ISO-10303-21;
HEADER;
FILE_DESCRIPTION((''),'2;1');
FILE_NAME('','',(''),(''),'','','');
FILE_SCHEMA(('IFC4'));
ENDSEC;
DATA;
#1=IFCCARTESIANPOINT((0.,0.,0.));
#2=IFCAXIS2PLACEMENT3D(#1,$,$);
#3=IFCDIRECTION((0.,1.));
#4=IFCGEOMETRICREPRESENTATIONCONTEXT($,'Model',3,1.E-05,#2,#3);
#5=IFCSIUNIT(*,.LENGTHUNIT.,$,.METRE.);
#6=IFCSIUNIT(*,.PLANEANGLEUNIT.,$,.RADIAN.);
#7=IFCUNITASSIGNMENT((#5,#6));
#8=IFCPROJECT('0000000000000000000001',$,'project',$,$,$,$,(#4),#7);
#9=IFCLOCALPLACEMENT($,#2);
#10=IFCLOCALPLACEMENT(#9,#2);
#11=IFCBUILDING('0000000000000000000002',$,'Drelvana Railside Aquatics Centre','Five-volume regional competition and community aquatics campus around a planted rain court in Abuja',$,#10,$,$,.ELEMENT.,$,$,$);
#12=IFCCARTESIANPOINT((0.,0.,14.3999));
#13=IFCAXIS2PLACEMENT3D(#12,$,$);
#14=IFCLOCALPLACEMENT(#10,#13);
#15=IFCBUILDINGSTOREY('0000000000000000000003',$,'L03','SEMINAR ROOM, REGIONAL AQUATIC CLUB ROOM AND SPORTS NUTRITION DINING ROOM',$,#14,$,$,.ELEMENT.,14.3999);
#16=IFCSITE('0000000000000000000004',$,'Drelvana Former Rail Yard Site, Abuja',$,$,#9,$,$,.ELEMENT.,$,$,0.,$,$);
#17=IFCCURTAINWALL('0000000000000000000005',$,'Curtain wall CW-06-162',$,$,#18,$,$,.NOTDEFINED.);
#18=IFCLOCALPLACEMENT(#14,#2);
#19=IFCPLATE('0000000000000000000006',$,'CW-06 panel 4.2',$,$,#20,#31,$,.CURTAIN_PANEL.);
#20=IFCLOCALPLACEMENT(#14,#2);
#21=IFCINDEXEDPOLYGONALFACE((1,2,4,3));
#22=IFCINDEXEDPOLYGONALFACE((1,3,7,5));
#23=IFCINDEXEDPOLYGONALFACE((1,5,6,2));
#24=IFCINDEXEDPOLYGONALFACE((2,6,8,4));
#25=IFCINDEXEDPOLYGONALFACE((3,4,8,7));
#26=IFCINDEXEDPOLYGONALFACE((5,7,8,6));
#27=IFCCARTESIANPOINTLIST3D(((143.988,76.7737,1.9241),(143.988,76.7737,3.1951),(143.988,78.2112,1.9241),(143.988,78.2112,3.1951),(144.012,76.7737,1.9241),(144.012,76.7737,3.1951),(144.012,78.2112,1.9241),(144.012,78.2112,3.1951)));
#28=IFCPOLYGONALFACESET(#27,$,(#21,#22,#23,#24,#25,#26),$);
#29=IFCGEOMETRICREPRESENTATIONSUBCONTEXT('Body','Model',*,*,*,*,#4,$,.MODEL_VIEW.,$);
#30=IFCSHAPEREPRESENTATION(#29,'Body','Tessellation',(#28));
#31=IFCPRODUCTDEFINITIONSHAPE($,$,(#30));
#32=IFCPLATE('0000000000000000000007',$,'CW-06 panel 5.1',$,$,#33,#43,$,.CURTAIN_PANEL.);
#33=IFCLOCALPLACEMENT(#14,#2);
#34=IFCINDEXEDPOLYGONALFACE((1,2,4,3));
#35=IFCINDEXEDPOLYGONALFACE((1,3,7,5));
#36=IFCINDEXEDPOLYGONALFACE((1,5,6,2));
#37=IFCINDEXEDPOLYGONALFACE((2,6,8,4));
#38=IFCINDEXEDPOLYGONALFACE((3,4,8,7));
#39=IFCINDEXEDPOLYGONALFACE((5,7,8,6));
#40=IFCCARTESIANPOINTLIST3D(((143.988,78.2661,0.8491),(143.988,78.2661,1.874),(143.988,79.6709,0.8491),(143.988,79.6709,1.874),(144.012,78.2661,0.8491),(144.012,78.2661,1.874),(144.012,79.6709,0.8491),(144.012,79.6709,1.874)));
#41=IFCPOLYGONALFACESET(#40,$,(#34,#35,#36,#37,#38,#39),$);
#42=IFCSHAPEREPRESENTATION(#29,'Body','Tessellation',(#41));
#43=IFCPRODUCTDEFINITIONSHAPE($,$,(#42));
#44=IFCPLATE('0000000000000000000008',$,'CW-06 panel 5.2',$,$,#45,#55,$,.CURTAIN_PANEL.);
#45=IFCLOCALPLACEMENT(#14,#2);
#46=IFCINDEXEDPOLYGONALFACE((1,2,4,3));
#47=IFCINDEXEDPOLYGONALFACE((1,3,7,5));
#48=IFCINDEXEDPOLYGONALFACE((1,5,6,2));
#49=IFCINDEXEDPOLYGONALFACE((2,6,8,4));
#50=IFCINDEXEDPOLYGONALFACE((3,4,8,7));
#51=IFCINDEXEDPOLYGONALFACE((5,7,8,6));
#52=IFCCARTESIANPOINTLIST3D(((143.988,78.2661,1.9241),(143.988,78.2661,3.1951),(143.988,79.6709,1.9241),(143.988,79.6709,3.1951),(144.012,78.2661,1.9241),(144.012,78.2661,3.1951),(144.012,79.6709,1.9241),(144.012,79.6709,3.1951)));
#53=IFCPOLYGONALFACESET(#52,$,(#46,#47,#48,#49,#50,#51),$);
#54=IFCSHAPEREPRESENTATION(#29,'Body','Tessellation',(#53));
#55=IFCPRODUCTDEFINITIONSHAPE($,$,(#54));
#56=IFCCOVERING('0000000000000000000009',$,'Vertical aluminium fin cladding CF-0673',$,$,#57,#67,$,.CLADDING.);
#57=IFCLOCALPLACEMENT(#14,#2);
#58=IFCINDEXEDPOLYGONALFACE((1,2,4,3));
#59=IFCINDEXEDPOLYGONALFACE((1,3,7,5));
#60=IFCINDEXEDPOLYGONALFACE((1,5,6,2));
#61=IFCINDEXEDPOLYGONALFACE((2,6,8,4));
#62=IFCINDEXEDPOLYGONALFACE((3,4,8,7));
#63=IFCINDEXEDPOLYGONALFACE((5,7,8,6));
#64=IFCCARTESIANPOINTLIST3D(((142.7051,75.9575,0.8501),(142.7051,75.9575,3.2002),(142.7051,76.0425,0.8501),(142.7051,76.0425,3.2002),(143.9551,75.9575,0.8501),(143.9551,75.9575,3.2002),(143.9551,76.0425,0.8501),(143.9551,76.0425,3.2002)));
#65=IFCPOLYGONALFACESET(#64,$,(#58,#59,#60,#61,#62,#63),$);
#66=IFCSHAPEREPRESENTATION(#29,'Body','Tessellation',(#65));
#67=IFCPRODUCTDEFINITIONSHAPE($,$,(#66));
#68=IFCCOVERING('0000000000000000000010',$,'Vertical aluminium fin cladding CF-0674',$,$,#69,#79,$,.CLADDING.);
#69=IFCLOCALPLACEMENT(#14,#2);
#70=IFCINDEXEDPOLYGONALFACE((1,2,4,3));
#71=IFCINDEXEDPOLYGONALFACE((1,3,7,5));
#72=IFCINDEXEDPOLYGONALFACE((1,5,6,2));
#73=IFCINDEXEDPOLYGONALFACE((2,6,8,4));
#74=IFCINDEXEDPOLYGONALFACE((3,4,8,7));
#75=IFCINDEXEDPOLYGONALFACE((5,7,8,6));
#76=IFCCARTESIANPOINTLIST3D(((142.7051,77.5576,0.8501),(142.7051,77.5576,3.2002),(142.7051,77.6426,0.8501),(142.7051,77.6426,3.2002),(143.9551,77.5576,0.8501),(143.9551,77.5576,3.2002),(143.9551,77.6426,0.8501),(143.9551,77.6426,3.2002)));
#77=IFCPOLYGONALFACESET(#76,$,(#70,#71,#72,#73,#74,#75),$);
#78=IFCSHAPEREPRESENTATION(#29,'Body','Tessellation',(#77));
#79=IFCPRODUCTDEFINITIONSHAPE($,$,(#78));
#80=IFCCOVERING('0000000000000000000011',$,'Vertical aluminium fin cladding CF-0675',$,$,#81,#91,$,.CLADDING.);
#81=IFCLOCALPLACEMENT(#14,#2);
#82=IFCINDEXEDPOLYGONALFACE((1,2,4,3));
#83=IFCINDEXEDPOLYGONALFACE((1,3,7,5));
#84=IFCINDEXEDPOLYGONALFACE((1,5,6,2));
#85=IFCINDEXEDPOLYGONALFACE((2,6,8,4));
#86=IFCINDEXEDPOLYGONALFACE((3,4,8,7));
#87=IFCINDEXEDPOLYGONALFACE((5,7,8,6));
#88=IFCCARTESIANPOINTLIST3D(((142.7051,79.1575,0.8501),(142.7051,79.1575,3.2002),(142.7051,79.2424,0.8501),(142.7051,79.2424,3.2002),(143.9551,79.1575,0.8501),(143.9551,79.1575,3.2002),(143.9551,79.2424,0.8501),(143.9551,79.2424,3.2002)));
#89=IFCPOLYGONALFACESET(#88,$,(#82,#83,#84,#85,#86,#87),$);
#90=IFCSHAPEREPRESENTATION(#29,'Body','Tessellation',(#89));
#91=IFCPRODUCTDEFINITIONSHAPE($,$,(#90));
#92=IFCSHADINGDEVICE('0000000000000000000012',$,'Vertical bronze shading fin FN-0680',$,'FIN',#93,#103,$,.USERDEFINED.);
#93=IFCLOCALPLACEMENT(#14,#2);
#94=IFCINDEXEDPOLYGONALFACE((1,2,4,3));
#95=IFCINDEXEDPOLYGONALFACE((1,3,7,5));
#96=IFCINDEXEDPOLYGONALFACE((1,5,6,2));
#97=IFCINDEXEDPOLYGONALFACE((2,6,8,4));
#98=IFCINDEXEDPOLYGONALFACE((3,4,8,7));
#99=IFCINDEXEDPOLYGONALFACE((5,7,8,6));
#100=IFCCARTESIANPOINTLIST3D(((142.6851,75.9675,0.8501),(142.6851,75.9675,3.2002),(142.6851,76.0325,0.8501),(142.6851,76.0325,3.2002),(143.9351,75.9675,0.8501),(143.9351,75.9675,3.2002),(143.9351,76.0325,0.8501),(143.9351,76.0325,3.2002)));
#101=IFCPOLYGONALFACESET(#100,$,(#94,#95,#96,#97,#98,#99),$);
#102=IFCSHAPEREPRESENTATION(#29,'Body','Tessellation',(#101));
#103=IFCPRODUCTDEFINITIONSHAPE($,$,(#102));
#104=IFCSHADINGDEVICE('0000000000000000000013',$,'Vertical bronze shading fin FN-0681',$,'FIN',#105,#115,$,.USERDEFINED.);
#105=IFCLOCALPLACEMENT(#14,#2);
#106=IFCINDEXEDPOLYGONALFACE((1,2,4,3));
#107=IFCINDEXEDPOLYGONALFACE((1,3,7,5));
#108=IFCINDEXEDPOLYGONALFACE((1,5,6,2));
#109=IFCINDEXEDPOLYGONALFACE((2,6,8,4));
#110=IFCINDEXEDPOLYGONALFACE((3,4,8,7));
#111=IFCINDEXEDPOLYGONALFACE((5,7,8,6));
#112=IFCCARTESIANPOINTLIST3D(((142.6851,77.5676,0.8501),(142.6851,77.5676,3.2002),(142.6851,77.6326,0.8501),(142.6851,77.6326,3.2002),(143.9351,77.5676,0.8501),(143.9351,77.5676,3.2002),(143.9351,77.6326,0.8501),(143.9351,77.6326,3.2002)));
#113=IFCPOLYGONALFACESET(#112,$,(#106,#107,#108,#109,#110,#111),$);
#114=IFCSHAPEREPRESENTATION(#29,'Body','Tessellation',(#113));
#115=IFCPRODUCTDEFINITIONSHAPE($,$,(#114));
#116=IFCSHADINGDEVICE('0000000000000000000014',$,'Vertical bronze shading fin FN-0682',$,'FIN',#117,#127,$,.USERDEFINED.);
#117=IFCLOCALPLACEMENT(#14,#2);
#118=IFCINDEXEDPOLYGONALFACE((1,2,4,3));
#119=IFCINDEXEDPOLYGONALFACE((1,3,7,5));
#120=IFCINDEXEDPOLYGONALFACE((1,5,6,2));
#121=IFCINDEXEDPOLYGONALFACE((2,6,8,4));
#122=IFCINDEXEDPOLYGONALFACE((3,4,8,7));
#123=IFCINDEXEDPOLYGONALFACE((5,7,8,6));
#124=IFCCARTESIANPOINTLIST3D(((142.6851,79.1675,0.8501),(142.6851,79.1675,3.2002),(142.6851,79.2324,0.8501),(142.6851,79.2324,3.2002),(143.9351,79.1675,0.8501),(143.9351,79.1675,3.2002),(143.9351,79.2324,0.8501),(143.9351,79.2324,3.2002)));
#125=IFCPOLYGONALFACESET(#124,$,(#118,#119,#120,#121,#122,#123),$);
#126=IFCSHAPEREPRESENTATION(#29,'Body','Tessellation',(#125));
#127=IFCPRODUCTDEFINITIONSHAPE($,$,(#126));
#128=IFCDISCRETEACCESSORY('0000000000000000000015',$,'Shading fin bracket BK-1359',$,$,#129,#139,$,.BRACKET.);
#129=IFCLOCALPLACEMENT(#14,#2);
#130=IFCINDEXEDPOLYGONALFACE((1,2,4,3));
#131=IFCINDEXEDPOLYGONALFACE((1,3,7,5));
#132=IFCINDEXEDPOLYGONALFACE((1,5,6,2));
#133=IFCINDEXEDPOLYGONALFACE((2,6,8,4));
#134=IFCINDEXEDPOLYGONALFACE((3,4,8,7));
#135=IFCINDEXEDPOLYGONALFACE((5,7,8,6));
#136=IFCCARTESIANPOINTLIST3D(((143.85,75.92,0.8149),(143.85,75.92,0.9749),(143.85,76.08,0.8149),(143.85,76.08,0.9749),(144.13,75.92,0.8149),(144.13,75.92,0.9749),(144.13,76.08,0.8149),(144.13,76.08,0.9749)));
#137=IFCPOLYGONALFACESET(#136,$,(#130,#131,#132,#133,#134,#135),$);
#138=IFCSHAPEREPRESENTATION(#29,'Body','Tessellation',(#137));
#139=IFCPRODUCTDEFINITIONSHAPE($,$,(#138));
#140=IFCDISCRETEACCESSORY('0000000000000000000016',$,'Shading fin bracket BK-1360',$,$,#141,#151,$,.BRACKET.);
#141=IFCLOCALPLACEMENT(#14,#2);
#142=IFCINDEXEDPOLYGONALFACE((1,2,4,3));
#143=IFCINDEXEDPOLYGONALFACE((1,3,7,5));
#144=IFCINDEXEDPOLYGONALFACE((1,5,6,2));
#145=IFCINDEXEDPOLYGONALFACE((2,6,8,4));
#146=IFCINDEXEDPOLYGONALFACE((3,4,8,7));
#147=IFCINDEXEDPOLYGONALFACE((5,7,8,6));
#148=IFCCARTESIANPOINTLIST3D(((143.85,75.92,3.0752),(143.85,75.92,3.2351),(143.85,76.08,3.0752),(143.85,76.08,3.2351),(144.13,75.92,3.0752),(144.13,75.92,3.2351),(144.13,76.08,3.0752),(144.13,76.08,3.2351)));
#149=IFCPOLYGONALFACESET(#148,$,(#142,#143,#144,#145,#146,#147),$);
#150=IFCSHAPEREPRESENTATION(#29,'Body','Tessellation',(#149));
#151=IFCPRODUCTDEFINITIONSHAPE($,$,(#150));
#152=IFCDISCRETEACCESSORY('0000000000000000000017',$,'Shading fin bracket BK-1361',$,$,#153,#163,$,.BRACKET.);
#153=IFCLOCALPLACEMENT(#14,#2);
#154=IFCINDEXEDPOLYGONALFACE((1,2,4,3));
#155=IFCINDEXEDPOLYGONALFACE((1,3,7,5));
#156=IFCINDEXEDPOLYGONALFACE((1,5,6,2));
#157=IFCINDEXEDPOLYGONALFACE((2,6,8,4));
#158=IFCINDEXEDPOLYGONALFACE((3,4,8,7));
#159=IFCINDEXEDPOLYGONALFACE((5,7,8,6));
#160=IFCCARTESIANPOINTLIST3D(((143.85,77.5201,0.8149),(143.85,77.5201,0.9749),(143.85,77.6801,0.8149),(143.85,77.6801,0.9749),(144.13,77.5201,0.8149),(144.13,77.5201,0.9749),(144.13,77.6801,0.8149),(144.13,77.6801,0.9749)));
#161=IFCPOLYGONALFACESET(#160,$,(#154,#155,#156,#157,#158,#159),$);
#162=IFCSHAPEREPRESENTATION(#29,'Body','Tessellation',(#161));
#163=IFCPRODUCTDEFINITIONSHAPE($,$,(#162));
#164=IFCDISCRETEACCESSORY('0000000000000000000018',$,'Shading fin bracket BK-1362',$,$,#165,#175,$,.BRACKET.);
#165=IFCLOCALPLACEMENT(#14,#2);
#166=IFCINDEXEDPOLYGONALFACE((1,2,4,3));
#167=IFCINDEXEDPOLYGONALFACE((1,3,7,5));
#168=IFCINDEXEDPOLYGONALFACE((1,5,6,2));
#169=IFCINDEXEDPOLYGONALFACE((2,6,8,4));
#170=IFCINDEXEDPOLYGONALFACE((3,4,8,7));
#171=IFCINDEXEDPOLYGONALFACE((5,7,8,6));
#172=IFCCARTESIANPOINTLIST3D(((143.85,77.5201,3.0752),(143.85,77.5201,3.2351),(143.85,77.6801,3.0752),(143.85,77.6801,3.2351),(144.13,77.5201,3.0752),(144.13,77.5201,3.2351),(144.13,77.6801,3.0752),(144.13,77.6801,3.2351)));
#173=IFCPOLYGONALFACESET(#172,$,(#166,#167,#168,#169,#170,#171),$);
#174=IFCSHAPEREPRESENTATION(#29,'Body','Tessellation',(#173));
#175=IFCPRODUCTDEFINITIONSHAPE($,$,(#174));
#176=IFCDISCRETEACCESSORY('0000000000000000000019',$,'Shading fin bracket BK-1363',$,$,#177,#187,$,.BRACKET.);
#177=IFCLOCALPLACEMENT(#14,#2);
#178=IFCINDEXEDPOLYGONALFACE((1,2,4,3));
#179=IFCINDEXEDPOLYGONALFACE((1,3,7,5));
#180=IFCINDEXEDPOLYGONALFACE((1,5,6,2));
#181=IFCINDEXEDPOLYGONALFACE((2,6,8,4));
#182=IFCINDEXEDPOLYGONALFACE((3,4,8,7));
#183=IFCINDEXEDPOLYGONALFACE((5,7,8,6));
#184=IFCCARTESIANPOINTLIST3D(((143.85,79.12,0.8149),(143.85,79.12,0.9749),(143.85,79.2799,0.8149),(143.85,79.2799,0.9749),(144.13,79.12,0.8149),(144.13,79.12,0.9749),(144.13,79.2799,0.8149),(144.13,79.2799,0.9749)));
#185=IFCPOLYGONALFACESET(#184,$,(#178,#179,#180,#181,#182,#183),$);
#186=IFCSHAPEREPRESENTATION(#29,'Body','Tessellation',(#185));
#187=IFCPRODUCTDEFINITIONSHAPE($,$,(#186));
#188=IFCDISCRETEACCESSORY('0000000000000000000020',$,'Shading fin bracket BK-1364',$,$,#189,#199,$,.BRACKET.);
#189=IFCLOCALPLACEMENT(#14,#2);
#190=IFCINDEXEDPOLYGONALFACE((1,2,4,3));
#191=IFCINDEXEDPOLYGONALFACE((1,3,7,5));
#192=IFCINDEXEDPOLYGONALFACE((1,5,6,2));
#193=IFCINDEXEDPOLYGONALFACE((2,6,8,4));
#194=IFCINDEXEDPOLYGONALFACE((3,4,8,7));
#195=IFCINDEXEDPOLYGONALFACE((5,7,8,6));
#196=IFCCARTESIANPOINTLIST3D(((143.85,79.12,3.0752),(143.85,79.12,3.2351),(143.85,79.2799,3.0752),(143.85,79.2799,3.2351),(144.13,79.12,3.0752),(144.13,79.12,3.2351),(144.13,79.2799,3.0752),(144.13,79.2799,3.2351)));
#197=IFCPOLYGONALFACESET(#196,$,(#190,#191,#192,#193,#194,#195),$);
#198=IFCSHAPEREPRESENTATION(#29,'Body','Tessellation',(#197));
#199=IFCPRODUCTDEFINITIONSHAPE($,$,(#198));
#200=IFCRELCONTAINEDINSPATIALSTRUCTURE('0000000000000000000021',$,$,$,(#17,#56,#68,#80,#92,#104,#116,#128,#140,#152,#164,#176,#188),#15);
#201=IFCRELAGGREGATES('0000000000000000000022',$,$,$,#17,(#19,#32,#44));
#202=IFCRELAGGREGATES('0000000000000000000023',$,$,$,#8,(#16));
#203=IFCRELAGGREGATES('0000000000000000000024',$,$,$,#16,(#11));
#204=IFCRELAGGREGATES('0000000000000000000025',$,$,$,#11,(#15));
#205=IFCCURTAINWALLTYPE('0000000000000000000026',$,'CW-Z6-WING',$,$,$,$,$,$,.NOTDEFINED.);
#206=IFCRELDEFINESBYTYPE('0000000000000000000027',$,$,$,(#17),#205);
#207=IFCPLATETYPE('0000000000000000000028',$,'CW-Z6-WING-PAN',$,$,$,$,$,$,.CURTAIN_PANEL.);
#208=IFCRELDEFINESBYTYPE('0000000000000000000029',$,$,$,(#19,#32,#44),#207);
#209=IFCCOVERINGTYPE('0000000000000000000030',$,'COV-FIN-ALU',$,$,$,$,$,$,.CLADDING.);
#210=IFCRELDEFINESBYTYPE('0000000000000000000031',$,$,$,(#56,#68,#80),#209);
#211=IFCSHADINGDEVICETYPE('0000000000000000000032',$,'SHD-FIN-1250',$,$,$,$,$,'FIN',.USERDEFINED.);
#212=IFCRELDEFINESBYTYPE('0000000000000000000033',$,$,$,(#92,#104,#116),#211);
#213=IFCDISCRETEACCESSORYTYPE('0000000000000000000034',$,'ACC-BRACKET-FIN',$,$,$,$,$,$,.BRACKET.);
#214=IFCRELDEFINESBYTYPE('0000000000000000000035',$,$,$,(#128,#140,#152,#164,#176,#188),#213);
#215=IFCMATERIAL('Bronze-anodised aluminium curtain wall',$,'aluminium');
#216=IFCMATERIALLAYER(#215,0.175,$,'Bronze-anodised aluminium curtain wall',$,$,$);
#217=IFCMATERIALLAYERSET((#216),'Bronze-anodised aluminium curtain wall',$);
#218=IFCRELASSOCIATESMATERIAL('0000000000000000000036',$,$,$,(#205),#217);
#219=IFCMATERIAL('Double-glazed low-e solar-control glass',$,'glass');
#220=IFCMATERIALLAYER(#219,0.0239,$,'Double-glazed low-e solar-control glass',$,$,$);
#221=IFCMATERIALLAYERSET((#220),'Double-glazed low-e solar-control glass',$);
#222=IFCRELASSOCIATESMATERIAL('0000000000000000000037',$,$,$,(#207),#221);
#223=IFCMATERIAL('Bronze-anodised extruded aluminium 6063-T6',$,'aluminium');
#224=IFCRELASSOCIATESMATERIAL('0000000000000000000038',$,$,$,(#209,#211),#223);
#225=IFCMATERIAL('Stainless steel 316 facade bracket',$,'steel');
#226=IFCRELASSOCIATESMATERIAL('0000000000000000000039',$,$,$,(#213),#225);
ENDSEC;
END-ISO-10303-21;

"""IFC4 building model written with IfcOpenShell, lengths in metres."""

from ifc_helpers import new_model, si_unit, direction, frame, origin, origin_2d, place, context, subcontext, project, spatial, rectangle, extrude, material, layer, layer_set, type_object, element, aggregate, save


model = new_model("IFC4")

# Units and contexts
model_context = context("Model", 3, precision=1e-05, world=origin(), true_north=direction((0.0, 1.0)))
body_context = subcontext(model_context, "Body", "Model", "MODEL_VIEW")
ifc_project = project(units=[si_unit("LENGTHUNIT", "METRE"), si_unit("PLANEANGLEUNIT", "RADIAN")], contexts=[model_context])

# Site, building, storey
site_placement = place(None, origin())
site = spatial("IfcSite", under=ifc_project, at=site_placement, Name="Drelvana Former Rail Yard Site, Abuja", CompositionType="ELEMENT", RefElevation=0.0)
building_placement = place(site_placement, origin())
building = spatial("IfcBuilding", under=site, at=building_placement, Name="Drelvana Railside Aquatics Centre", Description="Five-volume regional competition and community aquatics campus around a planted rain court in Abuja", CompositionType="ELEMENT")
storey_placement = place(building_placement, frame((0.0, 0.0, 14.3999)))
storey = spatial("IfcBuildingStorey", under=building, at=storey_placement, Name="L03", Description="SEMINAR ROOM, REGIONAL AQUATIC CLUB ROOM AND SPORTS NUTRITION DINING ROOM", CompositionType="ELEMENT", Elevation=14.3999)

# Curtain wall, plates
ifc_material_1 = material(Name="Bronze-anodised aluminium curtain wall", Category="aluminium")
ifc_layer_1 = layer(ifc_material_1, 0.175, Name="Bronze-anodised aluminium curtain wall")
ifc_layer_set_1 = layer_set([ifc_layer_1], Name="Bronze-anodised aluminium curtain wall")
curtain_wall_type = type_object("IfcCurtainWallType", Name="CW-Z6-WING", PredefinedType="NOTDEFINED", material=ifc_layer_set_1)
curtain_wall_placement = place(storey_placement, origin())
curtain_wall = element("IfcCurtainWall", 1, at=curtain_wall_placement, inside=storey, type_object=curtain_wall_type, Name="Curtain wall CW-06-162", PredefinedType="NOTDEFINED")
ifc_material_2 = material(Name="Double-glazed low-e solar-control glass", Category="glass")
ifc_layer_2 = layer(ifc_material_2, 0.0239, Name="Double-glazed low-e solar-control glass")
ifc_layer_set_2 = layer_set([ifc_layer_2], Name="Double-glazed low-e solar-control glass")
plate_type = type_object("IfcPlateType", Name="CW-Z6-WING-PAN", PredefinedType="CURTAIN_PANEL", material=ifc_layer_set_2)
plate_1_placement = place(storey_placement, frame((144.0, 77.4924, 1.9241), z_axis=(0.0, 0.0, 1.0), x_axis=(0.0, 1.0, 0.0)))
plate_1 = element("IfcPlate", 2, at=plate_1_placement, type_object=plate_type, Name="CW-06 panel 4.2", PredefinedType="CURTAIN_PANEL", context=body_context, shape_type="SweptSolid", body=[
    extrude(rectangle(XDim=1.4375, YDim=0.0239, at=origin_2d()), origin(), (0.0, 0.0, 1.0), 1.271),
])
plate_2_placement = place(storey_placement, frame((144.0, 78.9685, 0.8491), z_axis=(0.0, 0.0, 1.0), x_axis=(0.0, 1.0, 0.0)))
plate_2 = element("IfcPlate", 3, at=plate_2_placement, type_object=plate_type, Name="CW-06 panel 5.1", PredefinedType="CURTAIN_PANEL", context=body_context, shape_type="SweptSolid", body=[
    extrude(rectangle(XDim=1.4048, YDim=0.0239, at=origin_2d()), origin(), (0.0, 0.0, 1.0), 1.0249),
])
plate_3_placement = place(storey_placement, frame((144.0, 78.9685, 1.9241), z_axis=(0.0, 0.0, 1.0), x_axis=(0.0, 1.0, 0.0)))
plate_3 = element("IfcPlate", 4, at=plate_3_placement, type_object=plate_type, Name="CW-06 panel 5.2", PredefinedType="CURTAIN_PANEL", context=body_context, shape_type="SweptSolid", body=[
    extrude(rectangle(XDim=1.4048, YDim=0.0239, at=origin_2d()), origin(), (0.0, 0.0, 1.0), 1.271),
])
aggregate(curtain_wall, [plate_1, plate_2, plate_3])

# Coverings
ifc_material_3 = material(Name="Bronze-anodised extruded aluminium 6063-T6", Category="aluminium")
covering_type = type_object("IfcCoveringType", Name="COV-FIN-ALU", PredefinedType="CLADDING", material=ifc_material_3)
for number, where, z_axis, x_axis, name in (
    (5, (143.3301, 76.0, 0.8501), (0.0, 0.0, 1.0), (0.0, 1.0, 0.0), "Vertical aluminium fin cladding CF-0673"),
    (6, (143.3301, 77.6001, 0.8501), (0.0, 0.0, 1.0), (0.0, 1.0, 0.0), "Vertical aluminium fin cladding CF-0674"),
    (7, (143.3301, 79.2, 0.8501), (0.0, 0.0, 1.0), (0.0, 1.0, 0.0), "Vertical aluminium fin cladding CF-0675"),
):
    element("IfcCovering", number, at=place(storey_placement, frame(where, z_axis=z_axis, x_axis=x_axis)), inside=storey, type_object=covering_type, Name=name, PredefinedType="CLADDING", context=body_context, shape_type="SweptSolid", body=[
        extrude(rectangle(XDim=0.085, YDim=1.25, at=origin_2d()), origin(), (0.0, 0.0, 1.0), 2.3501),
    ])

# Shading devices
shading_device_type = type_object("IfcShadingDeviceType", Name="SHD-FIN-1250", ElementType="FIN", PredefinedType="USERDEFINED", material=ifc_material_3)
for number, where, z_axis, x_axis, name in (
    (8, (143.3101, 76.0, 0.8501), (0.0, 0.0, 1.0), (-1.0, 0.0, 0.0), "Vertical bronze shading fin FN-0680"),
    (9, (143.3101, 77.6001, 0.8501), (0.0, 0.0, 1.0), (-1.0, 0.0, 0.0), "Vertical bronze shading fin FN-0681"),
    (10, (143.3101, 79.2, 0.8501), (0.0, 0.0, 1.0), (-1.0, 0.0, 0.0), "Vertical bronze shading fin FN-0682"),
):
    element("IfcShadingDevice", number, at=place(storey_placement, frame(where, z_axis=z_axis, x_axis=x_axis)), inside=storey, type_object=shading_device_type, Name=name, ObjectType="FIN", PredefinedType="USERDEFINED", context=body_context, shape_type="SweptSolid", body=[
        extrude(rectangle(XDim=1.25, YDim=0.0649, at=origin_2d()), origin(), (0.0, 0.0, 1.0), 2.3501),
    ])

# Discrete accessories
ifc_material_4 = material(Name="Stainless steel 316 facade bracket", Category="steel")
discrete_accessory_type = type_object("IfcDiscreteAccessoryType", Name="ACC-BRACKET-FIN", PredefinedType="BRACKET", material=ifc_material_4)
for number, where, z_axis, x_axis, name in (
    (11, (143.99, 76.0, 0.8149), (0.0, 0.0, 1.0), (-1.0, 0.0, 0.0), "Shading fin bracket BK-1359"),
    (12, (143.99, 76.0, 3.0752), (0.0, 0.0, 1.0), (-1.0, 0.0, 0.0), "Shading fin bracket BK-1360"),
    (13, (143.99, 77.6001, 0.8149), (0.0, 0.0, 1.0), (-1.0, 0.0, 0.0), "Shading fin bracket BK-1361"),
    (14, (143.99, 77.6001, 3.0752), (0.0, 0.0, 1.0), (-1.0, 0.0, 0.0), "Shading fin bracket BK-1362"),
    (15, (143.99, 79.2, 0.8149), (0.0, 0.0, 1.0), (-1.0, 0.0, 0.0), "Shading fin bracket BK-1363"),
    (16, (143.99, 79.2, 3.0752), (0.0, 0.0, 1.0), (-1.0, 0.0, 0.0), "Shading fin bracket BK-1364"),
):
    element("IfcDiscreteAccessory", number, at=place(storey_placement, frame(where, z_axis=z_axis, x_axis=x_axis)), inside=storey, type_object=discrete_accessory_type, Name=name, PredefinedType="BRACKET", context=body_context, shape_type="SweptSolid", body=[
        extrude(rectangle(XDim=0.28, YDim=0.1599, at=origin_2d()), origin(), (0.0, 0.0, 1.0), 0.1599),
    ])

save(model, "model.ifc")
